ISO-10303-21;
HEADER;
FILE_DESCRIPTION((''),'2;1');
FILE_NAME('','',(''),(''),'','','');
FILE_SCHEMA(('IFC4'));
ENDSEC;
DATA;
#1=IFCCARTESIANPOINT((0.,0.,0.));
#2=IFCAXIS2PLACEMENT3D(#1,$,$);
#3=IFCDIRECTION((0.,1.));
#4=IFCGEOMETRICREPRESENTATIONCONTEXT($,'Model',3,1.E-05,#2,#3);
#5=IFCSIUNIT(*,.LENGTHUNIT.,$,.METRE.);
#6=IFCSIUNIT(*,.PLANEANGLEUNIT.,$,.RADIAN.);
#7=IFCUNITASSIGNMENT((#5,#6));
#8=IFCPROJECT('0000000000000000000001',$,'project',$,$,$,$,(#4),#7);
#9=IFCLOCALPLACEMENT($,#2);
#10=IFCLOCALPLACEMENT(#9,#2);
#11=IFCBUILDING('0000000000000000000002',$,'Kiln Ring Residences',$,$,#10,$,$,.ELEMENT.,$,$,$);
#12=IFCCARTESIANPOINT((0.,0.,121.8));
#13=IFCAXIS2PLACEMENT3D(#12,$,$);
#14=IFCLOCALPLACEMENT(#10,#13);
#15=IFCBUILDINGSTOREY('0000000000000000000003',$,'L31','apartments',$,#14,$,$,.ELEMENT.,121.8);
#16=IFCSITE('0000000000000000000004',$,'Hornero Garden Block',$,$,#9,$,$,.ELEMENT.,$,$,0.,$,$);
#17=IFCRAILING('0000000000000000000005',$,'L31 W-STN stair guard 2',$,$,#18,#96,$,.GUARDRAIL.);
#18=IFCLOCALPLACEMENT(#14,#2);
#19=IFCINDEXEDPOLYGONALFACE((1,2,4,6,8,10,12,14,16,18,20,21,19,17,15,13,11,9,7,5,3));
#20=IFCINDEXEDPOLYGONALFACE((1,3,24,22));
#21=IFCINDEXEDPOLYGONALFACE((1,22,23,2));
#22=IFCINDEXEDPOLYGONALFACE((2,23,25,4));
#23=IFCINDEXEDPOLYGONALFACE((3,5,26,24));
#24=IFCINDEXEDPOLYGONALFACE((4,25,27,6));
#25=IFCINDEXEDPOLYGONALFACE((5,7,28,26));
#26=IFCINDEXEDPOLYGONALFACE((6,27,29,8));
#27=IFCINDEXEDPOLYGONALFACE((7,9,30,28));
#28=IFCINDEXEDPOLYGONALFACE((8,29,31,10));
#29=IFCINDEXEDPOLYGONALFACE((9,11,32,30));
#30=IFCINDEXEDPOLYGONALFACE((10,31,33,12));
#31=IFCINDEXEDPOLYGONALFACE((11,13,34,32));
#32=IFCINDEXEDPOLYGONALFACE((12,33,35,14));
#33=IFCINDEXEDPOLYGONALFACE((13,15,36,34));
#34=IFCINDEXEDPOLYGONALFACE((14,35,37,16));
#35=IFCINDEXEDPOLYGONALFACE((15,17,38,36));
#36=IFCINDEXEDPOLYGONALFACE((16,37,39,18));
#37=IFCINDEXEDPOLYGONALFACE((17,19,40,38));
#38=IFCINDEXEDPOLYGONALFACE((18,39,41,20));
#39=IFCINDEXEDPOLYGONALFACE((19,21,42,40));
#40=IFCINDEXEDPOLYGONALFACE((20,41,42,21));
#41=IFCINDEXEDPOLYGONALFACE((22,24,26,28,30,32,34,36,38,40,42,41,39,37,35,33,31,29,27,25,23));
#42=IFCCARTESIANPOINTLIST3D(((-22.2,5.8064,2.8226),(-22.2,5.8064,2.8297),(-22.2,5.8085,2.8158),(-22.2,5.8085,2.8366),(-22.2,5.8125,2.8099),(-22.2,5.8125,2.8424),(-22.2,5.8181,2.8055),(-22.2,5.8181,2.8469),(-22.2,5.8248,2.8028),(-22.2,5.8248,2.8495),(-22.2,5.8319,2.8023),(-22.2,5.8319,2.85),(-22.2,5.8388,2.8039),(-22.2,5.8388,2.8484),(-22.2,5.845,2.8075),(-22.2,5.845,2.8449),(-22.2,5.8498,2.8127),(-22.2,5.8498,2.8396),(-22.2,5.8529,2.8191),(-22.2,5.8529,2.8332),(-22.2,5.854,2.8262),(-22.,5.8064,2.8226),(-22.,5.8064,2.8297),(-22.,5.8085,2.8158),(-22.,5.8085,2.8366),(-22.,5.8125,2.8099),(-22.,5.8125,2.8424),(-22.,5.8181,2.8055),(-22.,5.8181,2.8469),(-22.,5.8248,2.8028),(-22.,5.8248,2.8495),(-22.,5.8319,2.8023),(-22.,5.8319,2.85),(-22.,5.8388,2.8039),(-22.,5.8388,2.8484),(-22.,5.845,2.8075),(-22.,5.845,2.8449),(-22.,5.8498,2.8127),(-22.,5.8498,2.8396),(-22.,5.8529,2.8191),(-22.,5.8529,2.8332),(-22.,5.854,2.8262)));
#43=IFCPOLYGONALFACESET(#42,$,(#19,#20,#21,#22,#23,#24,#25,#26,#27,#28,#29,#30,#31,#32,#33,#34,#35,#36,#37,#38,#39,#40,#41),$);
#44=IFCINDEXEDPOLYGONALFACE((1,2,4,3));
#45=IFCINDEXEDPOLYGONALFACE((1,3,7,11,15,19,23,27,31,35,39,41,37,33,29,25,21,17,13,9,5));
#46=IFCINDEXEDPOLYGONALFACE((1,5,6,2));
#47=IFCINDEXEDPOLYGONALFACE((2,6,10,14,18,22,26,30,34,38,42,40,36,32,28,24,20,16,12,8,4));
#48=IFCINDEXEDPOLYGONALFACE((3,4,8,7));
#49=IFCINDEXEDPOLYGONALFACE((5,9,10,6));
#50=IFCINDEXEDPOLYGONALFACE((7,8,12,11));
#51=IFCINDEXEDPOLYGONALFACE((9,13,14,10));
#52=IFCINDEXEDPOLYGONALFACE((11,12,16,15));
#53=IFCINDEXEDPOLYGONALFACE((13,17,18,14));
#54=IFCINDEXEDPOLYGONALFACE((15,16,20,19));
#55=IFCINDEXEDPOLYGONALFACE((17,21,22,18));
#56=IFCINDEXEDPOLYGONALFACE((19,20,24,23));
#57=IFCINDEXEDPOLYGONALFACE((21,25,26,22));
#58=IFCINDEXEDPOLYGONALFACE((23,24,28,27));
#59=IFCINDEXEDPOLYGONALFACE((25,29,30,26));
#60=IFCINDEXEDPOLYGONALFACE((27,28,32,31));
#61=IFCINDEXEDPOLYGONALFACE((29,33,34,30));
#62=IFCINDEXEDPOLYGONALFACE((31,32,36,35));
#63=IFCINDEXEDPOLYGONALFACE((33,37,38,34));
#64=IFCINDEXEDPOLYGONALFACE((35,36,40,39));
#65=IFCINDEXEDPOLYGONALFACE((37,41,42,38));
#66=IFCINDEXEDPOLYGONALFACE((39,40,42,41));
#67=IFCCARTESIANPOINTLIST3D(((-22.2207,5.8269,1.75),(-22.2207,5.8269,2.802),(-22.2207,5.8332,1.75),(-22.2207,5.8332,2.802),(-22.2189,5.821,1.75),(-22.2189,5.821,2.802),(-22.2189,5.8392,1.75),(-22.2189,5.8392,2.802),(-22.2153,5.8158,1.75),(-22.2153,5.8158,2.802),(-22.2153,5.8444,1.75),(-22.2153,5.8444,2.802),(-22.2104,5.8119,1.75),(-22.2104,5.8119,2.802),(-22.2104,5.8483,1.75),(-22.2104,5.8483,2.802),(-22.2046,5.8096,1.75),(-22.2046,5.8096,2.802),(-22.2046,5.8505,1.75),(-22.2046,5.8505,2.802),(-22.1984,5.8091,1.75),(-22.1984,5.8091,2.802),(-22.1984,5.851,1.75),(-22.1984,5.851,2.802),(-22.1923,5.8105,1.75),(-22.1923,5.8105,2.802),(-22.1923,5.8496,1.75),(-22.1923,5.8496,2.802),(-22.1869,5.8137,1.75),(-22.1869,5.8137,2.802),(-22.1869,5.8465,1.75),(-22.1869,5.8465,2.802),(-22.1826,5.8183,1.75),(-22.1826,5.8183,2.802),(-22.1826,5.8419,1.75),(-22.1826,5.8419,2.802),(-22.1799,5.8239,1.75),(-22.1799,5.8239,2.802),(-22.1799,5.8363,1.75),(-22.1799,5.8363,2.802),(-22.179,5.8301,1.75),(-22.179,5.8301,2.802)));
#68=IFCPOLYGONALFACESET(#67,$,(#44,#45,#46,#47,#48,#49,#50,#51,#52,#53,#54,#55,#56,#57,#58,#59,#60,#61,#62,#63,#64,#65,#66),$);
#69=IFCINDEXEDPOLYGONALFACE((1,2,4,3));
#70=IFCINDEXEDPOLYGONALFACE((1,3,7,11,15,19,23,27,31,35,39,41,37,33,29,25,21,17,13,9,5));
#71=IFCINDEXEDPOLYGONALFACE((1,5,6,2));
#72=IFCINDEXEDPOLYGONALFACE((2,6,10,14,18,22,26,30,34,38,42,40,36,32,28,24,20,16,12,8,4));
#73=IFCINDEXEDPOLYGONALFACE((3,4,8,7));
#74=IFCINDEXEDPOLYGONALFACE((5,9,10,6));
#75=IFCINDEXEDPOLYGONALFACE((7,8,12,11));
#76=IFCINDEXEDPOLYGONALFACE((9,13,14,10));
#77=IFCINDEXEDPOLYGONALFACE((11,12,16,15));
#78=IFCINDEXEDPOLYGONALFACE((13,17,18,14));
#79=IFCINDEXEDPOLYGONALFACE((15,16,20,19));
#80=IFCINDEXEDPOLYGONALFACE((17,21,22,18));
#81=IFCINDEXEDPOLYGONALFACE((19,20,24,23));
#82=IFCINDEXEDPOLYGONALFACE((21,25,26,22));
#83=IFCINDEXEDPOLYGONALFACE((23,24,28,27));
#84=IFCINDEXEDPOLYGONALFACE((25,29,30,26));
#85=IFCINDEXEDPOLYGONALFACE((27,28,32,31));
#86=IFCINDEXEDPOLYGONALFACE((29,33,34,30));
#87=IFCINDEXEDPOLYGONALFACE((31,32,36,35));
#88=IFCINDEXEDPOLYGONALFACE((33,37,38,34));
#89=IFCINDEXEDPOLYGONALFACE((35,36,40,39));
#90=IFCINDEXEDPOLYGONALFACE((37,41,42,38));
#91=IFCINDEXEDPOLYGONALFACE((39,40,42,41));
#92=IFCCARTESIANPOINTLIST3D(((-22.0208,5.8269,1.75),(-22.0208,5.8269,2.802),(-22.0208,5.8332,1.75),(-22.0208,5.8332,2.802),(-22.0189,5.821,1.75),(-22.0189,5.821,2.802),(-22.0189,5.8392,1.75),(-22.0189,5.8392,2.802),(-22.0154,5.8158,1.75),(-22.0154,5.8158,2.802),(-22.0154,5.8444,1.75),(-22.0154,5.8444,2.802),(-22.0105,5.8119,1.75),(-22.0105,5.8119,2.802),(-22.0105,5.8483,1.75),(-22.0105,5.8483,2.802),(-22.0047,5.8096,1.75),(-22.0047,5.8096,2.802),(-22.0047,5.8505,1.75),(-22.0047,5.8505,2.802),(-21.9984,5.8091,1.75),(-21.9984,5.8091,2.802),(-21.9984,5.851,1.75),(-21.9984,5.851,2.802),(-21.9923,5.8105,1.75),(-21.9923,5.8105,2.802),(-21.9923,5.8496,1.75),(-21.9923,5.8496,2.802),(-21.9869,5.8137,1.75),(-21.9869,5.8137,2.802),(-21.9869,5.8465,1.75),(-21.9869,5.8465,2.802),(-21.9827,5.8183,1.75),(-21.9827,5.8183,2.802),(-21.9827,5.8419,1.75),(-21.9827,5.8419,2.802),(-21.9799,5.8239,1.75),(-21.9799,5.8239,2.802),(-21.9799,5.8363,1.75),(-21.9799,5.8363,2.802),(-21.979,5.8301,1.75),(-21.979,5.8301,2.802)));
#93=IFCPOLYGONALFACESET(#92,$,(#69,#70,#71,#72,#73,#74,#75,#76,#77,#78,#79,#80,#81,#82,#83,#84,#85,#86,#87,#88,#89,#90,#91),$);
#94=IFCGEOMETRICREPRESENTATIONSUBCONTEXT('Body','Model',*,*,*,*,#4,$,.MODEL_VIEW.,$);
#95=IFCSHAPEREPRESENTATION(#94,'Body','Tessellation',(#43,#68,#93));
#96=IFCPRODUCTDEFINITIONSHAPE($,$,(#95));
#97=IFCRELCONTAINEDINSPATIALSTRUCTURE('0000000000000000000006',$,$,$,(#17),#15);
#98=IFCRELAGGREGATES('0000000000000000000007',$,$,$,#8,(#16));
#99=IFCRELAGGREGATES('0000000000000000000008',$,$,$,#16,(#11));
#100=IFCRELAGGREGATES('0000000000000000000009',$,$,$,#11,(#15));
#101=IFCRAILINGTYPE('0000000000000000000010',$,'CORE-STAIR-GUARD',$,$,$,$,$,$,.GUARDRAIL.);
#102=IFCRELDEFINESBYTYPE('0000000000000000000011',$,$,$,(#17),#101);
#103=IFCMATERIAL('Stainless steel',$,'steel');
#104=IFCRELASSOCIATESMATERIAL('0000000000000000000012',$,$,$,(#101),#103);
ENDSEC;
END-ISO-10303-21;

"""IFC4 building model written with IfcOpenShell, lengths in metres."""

from ifc_helpers import new_model, si_unit, direction, frame, origin, origin_2d, place, context, subcontext, project, spatial, circle, extrude, material, type_object, element, save


model = new_model("IFC4")

# Units and contexts
model_context = context("Model", 3, precision=1e-05, world=origin(), true_north=direction((0.0, 1.0)))
body_context = subcontext(model_context, "Body", "Model", "MODEL_VIEW")
ifc_project = project(units=[si_unit("LENGTHUNIT", "METRE"), si_unit("PLANEANGLEUNIT", "RADIAN")], contexts=[model_context])

# Site, building, storey
site_placement = place(None, origin())
site = spatial("IfcSite", under=ifc_project, at=site_placement, Name="Hornero Garden Block", CompositionType="ELEMENT", RefElevation=0.0)
building_placement = place(site_placement, origin())
building = spatial("IfcBuilding", under=site, at=building_placement, Name="Kiln Ring Residences", CompositionType="ELEMENT")
storey_placement = place(building_placement, frame((0.0, 0.0, 121.8)))
storey = spatial("IfcBuildingStorey", under=building, at=storey_placement, Name="L31", Description="apartments", CompositionType="ELEMENT", Elevation=121.8)

# Railing
ifc_material_1 = material(Name="Stainless steel", Category="steel")
railing_type_1 = type_object("IfcRailingType", Name="CORE-STAIR-GUARD", PredefinedType="GUARDRAIL", material=ifc_material_1)
railing_1_placement = place(storey_placement, frame((-22.2, 5.8301, 1.75)))
element("IfcRailing", 1, at=railing_1_placement, inside=storey, type_object=railing_type_1, Name="L31 W-STN stair guard 2", PredefinedType="GUARDRAIL", context=body_context, shape_type="SweptSolid", body=[
    extrude(circle(Radius=0.0239, at=origin_2d()), frame((0.0, 0.0, 1.0762), z_axis=(1.0, 0.0, 0.0), x_axis=(0.0, 1.0, 0.0)), (0.0, 0.0, 1.0), 0.2),
    extrude(circle(Radius=0.021, at=origin_2d()), origin(), (0.0, 0.0, 1.0), 1.052),
    extrude(circle(Radius=0.021, at=origin_2d()), frame((0.2, 0.0, 0.0)), (0.0, 0.0, 1.0), 1.052),
])

save(model, "model.ifc")
